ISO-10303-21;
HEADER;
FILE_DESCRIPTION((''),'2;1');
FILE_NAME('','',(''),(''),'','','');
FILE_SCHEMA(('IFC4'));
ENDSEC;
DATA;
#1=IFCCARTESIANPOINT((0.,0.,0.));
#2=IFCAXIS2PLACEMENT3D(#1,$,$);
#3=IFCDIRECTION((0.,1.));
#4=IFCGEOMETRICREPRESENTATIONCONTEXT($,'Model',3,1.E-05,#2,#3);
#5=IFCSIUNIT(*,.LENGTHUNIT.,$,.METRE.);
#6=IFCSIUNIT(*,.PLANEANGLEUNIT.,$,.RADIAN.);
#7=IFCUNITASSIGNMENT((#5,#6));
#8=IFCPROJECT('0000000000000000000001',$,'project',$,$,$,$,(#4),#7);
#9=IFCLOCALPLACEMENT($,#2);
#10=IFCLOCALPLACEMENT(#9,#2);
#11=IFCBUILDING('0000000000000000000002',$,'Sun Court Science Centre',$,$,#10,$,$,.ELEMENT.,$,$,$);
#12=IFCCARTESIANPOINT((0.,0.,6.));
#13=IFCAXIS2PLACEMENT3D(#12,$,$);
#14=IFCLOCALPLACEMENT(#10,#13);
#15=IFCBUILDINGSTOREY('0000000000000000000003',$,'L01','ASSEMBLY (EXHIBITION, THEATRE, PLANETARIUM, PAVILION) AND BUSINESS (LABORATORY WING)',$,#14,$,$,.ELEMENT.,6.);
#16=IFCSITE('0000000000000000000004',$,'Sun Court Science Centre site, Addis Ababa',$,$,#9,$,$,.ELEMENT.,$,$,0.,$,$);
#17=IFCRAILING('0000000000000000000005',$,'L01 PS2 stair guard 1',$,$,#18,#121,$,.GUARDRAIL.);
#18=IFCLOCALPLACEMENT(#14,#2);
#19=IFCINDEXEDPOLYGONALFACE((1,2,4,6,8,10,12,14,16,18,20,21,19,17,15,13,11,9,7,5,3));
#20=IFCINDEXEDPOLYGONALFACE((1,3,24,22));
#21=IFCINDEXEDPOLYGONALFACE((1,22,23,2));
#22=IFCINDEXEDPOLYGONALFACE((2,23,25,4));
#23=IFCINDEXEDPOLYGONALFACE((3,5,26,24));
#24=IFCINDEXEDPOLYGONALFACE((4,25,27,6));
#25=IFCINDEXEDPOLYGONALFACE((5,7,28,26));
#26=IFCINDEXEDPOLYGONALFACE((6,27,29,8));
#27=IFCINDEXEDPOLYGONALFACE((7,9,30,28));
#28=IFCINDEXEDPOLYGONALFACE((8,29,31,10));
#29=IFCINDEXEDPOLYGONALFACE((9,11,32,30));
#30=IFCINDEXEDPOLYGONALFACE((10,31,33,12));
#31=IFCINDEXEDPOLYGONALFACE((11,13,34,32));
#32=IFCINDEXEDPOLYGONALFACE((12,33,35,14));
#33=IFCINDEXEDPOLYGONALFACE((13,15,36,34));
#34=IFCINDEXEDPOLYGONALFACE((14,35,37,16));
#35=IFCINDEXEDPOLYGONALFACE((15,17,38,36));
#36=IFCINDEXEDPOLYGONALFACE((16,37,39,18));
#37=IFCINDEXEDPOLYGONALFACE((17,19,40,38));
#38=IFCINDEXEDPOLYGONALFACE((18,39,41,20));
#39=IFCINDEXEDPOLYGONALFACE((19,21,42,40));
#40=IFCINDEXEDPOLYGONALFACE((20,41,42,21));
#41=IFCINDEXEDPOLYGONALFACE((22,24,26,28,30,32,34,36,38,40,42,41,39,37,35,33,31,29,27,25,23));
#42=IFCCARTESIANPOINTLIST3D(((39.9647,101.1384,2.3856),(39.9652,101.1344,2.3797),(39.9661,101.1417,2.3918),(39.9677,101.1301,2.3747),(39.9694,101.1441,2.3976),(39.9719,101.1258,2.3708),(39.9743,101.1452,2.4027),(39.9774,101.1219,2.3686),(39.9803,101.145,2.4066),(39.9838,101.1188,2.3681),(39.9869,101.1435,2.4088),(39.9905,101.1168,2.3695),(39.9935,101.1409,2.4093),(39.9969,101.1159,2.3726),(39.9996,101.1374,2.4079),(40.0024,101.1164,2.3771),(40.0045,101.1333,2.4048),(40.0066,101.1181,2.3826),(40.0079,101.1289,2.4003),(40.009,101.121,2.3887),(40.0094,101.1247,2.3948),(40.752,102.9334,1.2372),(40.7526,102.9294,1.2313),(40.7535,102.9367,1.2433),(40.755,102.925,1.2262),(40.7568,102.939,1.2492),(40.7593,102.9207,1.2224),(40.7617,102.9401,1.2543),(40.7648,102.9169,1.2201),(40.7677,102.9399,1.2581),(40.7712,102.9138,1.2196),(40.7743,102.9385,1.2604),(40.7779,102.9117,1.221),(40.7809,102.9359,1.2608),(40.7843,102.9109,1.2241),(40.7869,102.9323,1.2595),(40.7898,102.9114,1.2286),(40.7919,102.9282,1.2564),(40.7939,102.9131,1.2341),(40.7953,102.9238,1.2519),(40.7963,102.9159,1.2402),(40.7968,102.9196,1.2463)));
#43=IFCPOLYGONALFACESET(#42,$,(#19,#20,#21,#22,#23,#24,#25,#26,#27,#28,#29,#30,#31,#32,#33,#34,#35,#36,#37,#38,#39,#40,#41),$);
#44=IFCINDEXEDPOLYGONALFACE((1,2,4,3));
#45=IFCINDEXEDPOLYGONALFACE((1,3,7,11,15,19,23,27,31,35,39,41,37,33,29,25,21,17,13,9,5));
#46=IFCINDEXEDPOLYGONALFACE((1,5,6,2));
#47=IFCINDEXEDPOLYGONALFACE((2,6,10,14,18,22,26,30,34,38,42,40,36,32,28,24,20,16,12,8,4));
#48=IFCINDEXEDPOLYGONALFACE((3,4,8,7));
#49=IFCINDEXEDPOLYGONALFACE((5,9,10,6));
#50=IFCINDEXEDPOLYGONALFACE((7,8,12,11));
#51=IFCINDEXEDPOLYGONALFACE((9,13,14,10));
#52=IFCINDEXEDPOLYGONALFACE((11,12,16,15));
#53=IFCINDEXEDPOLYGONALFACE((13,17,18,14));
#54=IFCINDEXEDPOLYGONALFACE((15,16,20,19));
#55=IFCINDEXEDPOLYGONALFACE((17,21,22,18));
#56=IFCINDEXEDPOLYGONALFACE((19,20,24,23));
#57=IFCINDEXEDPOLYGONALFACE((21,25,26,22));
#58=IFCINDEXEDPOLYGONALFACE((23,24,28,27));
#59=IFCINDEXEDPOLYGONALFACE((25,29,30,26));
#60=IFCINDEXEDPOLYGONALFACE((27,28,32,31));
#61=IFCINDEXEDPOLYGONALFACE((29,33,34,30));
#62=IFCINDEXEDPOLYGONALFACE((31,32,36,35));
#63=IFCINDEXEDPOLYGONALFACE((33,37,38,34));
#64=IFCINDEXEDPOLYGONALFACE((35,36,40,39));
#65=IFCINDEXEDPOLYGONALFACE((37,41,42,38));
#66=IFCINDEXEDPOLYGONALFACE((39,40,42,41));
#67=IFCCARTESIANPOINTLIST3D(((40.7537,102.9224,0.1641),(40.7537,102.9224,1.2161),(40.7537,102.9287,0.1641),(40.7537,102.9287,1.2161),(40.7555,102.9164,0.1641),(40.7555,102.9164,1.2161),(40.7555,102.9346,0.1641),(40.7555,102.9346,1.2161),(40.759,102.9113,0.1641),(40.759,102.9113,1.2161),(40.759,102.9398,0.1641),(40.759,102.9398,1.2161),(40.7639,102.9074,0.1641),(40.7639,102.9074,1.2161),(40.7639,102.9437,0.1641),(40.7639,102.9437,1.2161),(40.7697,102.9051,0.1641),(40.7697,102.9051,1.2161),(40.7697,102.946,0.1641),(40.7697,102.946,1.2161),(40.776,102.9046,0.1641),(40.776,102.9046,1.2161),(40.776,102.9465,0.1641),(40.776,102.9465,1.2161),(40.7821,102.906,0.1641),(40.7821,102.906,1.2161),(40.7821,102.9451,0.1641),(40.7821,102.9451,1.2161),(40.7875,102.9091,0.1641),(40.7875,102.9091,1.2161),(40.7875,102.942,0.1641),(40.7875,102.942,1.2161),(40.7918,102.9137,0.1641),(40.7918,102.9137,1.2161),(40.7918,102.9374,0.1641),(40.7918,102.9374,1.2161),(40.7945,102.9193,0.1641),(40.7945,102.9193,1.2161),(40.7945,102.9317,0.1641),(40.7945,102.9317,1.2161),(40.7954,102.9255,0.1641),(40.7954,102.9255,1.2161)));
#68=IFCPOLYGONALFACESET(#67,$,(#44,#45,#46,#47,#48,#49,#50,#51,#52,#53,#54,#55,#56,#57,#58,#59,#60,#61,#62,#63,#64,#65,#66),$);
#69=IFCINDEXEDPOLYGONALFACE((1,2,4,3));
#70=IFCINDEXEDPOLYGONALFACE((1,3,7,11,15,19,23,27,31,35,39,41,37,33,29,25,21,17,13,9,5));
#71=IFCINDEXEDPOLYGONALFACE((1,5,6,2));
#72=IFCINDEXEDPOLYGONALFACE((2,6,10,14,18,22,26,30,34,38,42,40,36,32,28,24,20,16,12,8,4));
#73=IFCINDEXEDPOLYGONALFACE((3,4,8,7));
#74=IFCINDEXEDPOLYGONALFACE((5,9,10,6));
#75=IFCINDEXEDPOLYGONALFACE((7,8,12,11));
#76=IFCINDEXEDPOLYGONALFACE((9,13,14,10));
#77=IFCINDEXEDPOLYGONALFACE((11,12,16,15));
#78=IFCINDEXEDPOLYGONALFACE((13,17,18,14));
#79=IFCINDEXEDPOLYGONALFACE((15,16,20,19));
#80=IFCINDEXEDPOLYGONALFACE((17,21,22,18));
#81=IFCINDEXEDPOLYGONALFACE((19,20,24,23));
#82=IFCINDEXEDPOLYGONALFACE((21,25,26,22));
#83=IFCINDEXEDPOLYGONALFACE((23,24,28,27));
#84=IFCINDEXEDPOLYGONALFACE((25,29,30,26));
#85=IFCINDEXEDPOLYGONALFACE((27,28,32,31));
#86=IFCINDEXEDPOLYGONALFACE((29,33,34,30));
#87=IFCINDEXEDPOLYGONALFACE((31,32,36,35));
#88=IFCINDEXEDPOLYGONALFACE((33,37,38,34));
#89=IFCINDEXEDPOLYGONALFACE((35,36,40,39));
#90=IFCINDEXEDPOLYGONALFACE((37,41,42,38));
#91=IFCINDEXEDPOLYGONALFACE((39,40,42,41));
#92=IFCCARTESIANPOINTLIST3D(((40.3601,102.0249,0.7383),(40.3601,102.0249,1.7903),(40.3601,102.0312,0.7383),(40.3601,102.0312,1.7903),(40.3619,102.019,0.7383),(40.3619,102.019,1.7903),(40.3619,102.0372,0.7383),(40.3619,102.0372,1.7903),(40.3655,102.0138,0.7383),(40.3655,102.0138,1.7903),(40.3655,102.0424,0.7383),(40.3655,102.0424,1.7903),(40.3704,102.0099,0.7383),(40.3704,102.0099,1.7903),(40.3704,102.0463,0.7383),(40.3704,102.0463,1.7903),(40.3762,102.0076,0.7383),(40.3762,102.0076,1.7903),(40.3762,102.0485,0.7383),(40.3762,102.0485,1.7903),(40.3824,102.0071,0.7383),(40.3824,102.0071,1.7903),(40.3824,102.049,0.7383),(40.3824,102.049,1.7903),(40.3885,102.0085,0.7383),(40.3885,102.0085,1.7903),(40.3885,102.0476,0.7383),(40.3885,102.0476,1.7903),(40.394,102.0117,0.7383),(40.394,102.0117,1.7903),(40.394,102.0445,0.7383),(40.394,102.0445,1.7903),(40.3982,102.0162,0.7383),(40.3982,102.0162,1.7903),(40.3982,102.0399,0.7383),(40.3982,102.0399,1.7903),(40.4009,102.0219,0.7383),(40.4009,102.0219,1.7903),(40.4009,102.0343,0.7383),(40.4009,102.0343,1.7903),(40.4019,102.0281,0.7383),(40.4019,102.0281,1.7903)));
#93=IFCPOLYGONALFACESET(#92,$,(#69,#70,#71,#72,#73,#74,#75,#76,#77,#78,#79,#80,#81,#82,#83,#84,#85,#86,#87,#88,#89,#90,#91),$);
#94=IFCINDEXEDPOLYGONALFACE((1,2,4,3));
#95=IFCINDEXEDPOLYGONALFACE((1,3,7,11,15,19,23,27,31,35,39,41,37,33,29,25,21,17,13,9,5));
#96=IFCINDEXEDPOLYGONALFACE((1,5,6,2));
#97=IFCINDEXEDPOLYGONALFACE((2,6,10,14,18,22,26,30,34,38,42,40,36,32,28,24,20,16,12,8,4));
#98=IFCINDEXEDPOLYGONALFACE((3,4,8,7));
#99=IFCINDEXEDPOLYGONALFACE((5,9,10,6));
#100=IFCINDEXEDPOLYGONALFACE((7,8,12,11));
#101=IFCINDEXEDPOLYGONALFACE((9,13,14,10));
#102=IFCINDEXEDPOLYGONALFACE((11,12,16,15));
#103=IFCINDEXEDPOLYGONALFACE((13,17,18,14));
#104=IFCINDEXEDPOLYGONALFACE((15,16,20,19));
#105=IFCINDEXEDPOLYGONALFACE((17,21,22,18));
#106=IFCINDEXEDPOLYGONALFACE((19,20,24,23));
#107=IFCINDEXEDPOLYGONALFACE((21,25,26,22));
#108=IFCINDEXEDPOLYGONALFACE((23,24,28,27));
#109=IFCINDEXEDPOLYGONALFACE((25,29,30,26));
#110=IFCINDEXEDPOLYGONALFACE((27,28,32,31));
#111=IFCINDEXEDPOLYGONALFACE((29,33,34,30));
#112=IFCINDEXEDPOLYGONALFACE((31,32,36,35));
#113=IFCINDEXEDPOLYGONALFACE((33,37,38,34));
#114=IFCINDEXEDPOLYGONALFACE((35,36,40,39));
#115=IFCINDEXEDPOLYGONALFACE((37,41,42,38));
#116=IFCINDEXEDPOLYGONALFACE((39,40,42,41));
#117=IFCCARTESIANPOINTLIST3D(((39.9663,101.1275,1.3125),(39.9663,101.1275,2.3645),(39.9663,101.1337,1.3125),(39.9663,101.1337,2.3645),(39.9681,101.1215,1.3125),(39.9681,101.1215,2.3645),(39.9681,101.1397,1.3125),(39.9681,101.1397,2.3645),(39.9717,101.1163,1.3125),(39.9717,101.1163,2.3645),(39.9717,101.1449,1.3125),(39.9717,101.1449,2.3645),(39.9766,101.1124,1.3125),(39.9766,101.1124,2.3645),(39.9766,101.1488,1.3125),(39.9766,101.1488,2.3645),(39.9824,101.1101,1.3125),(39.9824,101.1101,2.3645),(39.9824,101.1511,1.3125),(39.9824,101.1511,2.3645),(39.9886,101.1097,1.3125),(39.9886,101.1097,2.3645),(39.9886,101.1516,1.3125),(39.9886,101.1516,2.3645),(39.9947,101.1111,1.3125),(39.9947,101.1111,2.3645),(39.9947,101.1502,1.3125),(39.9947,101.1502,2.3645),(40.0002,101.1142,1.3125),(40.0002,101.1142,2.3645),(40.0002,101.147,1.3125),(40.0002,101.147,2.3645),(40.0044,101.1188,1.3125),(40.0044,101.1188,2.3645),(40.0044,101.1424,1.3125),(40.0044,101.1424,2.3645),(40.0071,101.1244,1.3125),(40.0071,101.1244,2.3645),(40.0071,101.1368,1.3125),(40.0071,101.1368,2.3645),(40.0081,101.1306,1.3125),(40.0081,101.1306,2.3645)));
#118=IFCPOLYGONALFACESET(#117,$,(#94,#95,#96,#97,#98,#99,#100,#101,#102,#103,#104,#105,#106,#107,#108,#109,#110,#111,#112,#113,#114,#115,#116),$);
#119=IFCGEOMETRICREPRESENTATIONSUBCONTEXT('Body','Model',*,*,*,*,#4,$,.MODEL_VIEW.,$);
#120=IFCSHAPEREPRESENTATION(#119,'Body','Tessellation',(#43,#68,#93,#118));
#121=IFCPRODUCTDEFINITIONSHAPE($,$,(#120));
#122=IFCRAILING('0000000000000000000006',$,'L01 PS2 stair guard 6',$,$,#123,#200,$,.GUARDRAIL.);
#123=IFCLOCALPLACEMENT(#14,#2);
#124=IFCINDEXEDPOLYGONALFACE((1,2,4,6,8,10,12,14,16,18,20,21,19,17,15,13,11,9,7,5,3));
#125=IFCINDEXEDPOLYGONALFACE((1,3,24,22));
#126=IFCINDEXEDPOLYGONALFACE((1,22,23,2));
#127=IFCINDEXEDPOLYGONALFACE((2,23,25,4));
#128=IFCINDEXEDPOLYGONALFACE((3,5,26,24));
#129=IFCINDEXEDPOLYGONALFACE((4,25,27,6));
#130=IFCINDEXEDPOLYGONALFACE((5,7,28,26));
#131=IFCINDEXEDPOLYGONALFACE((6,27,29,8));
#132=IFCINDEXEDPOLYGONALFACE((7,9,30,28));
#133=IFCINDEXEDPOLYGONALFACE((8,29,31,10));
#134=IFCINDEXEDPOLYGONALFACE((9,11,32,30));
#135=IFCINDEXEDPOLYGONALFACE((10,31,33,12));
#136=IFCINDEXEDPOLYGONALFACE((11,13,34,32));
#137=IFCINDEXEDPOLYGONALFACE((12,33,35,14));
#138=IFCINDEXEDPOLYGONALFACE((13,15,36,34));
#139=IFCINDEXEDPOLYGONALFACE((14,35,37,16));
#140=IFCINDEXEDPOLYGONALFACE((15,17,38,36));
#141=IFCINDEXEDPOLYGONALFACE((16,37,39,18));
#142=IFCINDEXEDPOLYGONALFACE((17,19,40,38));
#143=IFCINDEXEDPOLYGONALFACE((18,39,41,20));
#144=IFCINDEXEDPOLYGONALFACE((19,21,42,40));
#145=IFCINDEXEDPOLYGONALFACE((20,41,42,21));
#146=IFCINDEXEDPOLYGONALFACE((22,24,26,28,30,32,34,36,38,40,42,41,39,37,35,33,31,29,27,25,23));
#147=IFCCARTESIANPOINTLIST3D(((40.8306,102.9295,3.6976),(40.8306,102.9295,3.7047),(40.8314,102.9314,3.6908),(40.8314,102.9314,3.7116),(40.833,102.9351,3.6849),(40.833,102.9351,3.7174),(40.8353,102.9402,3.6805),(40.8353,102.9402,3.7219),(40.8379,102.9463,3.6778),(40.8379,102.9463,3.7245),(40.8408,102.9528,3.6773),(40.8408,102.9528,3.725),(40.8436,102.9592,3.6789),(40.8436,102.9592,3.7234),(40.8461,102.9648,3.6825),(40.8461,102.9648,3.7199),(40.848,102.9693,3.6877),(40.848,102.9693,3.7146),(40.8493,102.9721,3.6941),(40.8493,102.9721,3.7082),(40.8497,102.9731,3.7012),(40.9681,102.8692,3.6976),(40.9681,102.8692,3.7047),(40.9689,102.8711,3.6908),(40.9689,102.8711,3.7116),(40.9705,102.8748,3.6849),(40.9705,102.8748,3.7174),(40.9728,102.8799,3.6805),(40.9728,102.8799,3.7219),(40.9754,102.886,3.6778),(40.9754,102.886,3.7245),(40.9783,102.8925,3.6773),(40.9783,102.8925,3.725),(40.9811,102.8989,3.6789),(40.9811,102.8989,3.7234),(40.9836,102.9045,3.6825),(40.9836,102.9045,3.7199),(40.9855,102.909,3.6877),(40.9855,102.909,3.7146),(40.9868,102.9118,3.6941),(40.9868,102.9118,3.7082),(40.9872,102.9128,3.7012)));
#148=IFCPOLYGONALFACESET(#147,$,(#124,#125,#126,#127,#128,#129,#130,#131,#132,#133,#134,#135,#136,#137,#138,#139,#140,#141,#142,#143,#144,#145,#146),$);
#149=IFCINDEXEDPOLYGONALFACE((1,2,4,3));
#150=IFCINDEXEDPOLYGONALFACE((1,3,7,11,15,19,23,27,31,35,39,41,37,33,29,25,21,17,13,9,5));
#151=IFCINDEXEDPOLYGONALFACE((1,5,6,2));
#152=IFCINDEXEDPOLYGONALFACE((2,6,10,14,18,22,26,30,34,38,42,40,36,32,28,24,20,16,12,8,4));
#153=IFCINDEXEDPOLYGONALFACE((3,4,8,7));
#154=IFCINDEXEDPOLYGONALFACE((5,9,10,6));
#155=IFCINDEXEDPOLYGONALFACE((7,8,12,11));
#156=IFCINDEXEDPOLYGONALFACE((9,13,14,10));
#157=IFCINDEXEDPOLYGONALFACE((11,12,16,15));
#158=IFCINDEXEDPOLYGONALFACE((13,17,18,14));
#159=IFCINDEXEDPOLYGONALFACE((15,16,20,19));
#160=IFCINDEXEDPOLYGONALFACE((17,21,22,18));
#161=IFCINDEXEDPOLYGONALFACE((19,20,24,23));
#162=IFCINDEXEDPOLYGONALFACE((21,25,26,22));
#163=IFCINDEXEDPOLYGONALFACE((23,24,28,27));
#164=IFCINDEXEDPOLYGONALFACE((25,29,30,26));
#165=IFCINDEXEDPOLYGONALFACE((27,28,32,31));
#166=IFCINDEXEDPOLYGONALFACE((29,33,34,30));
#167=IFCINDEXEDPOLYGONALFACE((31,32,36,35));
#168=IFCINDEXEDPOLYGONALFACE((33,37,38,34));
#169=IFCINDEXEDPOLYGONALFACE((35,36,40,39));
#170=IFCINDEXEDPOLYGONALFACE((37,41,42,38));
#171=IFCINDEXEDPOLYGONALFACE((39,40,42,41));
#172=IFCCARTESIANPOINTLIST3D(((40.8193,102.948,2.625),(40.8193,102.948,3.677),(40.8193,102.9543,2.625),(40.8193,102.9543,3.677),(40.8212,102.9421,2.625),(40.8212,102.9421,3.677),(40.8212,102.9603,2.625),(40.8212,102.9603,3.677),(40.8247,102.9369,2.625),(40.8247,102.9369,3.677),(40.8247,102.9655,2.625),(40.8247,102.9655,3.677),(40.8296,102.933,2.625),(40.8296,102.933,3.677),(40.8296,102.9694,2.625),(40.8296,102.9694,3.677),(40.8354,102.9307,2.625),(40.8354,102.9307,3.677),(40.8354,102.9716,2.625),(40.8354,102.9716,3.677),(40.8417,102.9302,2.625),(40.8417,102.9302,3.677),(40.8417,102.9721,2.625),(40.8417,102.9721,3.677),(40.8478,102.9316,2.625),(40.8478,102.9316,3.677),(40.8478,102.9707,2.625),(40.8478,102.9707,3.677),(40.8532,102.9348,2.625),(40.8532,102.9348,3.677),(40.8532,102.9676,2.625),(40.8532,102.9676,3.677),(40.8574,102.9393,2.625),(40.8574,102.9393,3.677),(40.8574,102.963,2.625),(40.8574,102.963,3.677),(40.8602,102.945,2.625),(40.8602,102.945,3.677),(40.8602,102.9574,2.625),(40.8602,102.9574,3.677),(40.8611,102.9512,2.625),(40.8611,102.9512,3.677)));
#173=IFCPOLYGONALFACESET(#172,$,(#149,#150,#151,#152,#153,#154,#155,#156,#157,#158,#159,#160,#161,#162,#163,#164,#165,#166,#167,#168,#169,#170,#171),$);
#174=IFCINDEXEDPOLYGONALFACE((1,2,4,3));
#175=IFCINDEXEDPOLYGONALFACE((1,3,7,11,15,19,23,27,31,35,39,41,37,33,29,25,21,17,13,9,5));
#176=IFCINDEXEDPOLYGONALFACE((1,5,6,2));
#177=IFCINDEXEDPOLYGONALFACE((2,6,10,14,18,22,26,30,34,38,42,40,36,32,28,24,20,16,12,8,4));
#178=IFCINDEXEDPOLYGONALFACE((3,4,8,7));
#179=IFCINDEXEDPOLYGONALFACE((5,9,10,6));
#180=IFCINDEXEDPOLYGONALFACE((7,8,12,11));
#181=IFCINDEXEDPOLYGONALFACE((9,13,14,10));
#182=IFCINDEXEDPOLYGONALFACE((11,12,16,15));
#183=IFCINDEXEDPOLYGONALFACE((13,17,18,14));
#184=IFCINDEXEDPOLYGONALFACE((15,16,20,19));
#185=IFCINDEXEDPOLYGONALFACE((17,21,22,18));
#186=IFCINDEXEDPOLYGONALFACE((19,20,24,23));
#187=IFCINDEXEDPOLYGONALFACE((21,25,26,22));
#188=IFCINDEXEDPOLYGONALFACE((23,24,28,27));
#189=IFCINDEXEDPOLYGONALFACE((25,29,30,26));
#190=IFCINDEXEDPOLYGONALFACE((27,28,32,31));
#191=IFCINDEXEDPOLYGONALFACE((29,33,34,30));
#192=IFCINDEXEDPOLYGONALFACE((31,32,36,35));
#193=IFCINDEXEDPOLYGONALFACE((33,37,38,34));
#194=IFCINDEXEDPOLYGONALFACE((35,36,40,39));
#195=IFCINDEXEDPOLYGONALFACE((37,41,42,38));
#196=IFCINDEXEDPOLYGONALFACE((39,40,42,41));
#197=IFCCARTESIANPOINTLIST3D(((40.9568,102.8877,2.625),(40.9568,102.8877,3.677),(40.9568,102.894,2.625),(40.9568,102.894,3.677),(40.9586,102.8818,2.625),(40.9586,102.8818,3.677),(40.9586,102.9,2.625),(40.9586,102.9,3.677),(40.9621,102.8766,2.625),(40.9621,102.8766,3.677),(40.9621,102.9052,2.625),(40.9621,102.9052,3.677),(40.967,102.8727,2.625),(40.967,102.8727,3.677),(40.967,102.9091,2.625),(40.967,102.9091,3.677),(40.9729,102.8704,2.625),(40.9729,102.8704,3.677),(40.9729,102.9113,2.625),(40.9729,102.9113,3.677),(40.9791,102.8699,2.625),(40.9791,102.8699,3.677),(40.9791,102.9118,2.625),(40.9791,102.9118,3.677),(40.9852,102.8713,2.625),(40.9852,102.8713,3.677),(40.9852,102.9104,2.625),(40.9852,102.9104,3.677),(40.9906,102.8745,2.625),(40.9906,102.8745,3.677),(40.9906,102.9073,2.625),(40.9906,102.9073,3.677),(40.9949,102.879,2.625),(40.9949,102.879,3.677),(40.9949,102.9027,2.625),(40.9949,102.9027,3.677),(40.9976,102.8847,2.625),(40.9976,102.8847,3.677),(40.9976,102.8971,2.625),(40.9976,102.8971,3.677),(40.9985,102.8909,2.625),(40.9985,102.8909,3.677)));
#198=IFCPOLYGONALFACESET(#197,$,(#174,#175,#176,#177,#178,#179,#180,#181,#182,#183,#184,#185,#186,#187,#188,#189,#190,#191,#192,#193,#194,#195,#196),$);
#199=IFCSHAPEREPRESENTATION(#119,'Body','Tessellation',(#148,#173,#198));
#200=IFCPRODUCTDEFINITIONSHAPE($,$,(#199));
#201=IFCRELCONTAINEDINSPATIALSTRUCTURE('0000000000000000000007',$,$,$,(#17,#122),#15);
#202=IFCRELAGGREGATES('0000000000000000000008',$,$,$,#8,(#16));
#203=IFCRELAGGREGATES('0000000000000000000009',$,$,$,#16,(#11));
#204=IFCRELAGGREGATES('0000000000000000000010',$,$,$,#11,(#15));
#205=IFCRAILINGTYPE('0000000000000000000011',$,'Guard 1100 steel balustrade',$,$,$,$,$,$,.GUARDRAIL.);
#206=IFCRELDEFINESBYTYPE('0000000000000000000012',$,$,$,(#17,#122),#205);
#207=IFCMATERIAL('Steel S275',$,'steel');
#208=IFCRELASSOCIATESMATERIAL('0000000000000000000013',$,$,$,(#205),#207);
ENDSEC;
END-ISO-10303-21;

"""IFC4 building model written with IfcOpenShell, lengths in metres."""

from ifc_helpers import new_model, si_unit, direction, frame, origin, origin_2d, place, context, subcontext, project, spatial, circle, extrude, material, type_object, element, save


model = new_model("IFC4")

# Units and contexts
model_context = context("Model", 3, precision=1e-05, world=origin(), true_north=direction((0.0, 1.0)))
body_context = subcontext(model_context, "Body", "Model", "MODEL_VIEW")
ifc_project = project(units=[si_unit("LENGTHUNIT", "METRE"), si_unit("PLANEANGLEUNIT", "RADIAN")], contexts=[model_context])

# Site, building, storey
site_placement = place(None, origin())
site = spatial("IfcSite", under=ifc_project, at=site_placement, Name="Sun Court Science Centre site, Addis Ababa", CompositionType="ELEMENT", RefElevation=0.0)
building_placement = place(site_placement, origin())
building = spatial("IfcBuilding", under=site, at=building_placement, Name="Sun Court Science Centre", CompositionType="ELEMENT")
storey_placement = place(building_placement, frame((0.0, 0.0, 6.0)))
storey = spatial("IfcBuildingStorey", under=building, at=storey_placement, Name="L01", Description="ASSEMBLY (EXHIBITION, THEATRE, PLANETARIUM, PAVILION) AND BUSINESS (LABORATORY WING)", CompositionType="ELEMENT", Elevation=6.0)

# Railings
ifc_material_1 = material(Name="Steel S275", Category="steel")
railing_type_1 = type_object("IfcRailingType", Name="Guard 1100 steel balustrade", PredefinedType="GUARDRAIL", material=ifc_material_1)
railing_1_placement = place(storey_placement, frame((40.7744, 102.9255, 0.1641)))
element("IfcRailing", 1, at=railing_1_placement, inside=storey, type_object=railing_type_1, Name="L01 PS2 stair guard 1", PredefinedType="GUARDRAIL", context=body_context, shape_type="SweptSolid", body=[
    extrude(circle(Radius=0.0239, at=origin_2d()), frame((0.0, 0.0, 1.0762), z_axis=(-0.346594, -0.790126, 0.505543), x_axis=(0.915768, -0.401707, 0.0)), (0.0, 0.0, 1.0), 2.2717),
    extrude(circle(Radius=0.021, at=origin_2d()), origin(), (0.0, 0.0, 1.0), 1.052),
    extrude(circle(Radius=0.021, at=origin_2d()), frame((-0.3936, -0.8975, 0.5742)), (0.0, 0.0, 1.0), 1.052),
    extrude(circle(Radius=0.021, at=origin_2d()), frame((-0.7874, -1.7949, 1.1484)), (0.0, 0.0, 1.0), 1.052),
])
railing_2_placement = place(storey_placement, frame((40.8401, 102.9512, 2.625)))
element("IfcRailing", 2, at=railing_2_placement, inside=storey, type_object=railing_type_1, Name="L01 PS2 stair guard 6", PredefinedType="GUARDRAIL", context=body_context, shape_type="SweptSolid", body=[
    extrude(circle(Radius=0.0239, at=origin_2d()), frame((0.0, 0.0, 1.0762), z_axis=(0.915746, -0.401757, 0.0), x_axis=(0.401757, 0.915746, 0.0)), (0.0, 0.0, 1.0), 0.1501),
    extrude(circle(Radius=0.021, at=origin_2d()), origin(), (0.0, 0.0, 1.0), 1.052),
    extrude(circle(Radius=0.021, at=origin_2d()), frame((0.1375, -0.0603, 0.0)), (0.0, 0.0, 1.0), 1.052),
])

save(model, "model.ifc")
